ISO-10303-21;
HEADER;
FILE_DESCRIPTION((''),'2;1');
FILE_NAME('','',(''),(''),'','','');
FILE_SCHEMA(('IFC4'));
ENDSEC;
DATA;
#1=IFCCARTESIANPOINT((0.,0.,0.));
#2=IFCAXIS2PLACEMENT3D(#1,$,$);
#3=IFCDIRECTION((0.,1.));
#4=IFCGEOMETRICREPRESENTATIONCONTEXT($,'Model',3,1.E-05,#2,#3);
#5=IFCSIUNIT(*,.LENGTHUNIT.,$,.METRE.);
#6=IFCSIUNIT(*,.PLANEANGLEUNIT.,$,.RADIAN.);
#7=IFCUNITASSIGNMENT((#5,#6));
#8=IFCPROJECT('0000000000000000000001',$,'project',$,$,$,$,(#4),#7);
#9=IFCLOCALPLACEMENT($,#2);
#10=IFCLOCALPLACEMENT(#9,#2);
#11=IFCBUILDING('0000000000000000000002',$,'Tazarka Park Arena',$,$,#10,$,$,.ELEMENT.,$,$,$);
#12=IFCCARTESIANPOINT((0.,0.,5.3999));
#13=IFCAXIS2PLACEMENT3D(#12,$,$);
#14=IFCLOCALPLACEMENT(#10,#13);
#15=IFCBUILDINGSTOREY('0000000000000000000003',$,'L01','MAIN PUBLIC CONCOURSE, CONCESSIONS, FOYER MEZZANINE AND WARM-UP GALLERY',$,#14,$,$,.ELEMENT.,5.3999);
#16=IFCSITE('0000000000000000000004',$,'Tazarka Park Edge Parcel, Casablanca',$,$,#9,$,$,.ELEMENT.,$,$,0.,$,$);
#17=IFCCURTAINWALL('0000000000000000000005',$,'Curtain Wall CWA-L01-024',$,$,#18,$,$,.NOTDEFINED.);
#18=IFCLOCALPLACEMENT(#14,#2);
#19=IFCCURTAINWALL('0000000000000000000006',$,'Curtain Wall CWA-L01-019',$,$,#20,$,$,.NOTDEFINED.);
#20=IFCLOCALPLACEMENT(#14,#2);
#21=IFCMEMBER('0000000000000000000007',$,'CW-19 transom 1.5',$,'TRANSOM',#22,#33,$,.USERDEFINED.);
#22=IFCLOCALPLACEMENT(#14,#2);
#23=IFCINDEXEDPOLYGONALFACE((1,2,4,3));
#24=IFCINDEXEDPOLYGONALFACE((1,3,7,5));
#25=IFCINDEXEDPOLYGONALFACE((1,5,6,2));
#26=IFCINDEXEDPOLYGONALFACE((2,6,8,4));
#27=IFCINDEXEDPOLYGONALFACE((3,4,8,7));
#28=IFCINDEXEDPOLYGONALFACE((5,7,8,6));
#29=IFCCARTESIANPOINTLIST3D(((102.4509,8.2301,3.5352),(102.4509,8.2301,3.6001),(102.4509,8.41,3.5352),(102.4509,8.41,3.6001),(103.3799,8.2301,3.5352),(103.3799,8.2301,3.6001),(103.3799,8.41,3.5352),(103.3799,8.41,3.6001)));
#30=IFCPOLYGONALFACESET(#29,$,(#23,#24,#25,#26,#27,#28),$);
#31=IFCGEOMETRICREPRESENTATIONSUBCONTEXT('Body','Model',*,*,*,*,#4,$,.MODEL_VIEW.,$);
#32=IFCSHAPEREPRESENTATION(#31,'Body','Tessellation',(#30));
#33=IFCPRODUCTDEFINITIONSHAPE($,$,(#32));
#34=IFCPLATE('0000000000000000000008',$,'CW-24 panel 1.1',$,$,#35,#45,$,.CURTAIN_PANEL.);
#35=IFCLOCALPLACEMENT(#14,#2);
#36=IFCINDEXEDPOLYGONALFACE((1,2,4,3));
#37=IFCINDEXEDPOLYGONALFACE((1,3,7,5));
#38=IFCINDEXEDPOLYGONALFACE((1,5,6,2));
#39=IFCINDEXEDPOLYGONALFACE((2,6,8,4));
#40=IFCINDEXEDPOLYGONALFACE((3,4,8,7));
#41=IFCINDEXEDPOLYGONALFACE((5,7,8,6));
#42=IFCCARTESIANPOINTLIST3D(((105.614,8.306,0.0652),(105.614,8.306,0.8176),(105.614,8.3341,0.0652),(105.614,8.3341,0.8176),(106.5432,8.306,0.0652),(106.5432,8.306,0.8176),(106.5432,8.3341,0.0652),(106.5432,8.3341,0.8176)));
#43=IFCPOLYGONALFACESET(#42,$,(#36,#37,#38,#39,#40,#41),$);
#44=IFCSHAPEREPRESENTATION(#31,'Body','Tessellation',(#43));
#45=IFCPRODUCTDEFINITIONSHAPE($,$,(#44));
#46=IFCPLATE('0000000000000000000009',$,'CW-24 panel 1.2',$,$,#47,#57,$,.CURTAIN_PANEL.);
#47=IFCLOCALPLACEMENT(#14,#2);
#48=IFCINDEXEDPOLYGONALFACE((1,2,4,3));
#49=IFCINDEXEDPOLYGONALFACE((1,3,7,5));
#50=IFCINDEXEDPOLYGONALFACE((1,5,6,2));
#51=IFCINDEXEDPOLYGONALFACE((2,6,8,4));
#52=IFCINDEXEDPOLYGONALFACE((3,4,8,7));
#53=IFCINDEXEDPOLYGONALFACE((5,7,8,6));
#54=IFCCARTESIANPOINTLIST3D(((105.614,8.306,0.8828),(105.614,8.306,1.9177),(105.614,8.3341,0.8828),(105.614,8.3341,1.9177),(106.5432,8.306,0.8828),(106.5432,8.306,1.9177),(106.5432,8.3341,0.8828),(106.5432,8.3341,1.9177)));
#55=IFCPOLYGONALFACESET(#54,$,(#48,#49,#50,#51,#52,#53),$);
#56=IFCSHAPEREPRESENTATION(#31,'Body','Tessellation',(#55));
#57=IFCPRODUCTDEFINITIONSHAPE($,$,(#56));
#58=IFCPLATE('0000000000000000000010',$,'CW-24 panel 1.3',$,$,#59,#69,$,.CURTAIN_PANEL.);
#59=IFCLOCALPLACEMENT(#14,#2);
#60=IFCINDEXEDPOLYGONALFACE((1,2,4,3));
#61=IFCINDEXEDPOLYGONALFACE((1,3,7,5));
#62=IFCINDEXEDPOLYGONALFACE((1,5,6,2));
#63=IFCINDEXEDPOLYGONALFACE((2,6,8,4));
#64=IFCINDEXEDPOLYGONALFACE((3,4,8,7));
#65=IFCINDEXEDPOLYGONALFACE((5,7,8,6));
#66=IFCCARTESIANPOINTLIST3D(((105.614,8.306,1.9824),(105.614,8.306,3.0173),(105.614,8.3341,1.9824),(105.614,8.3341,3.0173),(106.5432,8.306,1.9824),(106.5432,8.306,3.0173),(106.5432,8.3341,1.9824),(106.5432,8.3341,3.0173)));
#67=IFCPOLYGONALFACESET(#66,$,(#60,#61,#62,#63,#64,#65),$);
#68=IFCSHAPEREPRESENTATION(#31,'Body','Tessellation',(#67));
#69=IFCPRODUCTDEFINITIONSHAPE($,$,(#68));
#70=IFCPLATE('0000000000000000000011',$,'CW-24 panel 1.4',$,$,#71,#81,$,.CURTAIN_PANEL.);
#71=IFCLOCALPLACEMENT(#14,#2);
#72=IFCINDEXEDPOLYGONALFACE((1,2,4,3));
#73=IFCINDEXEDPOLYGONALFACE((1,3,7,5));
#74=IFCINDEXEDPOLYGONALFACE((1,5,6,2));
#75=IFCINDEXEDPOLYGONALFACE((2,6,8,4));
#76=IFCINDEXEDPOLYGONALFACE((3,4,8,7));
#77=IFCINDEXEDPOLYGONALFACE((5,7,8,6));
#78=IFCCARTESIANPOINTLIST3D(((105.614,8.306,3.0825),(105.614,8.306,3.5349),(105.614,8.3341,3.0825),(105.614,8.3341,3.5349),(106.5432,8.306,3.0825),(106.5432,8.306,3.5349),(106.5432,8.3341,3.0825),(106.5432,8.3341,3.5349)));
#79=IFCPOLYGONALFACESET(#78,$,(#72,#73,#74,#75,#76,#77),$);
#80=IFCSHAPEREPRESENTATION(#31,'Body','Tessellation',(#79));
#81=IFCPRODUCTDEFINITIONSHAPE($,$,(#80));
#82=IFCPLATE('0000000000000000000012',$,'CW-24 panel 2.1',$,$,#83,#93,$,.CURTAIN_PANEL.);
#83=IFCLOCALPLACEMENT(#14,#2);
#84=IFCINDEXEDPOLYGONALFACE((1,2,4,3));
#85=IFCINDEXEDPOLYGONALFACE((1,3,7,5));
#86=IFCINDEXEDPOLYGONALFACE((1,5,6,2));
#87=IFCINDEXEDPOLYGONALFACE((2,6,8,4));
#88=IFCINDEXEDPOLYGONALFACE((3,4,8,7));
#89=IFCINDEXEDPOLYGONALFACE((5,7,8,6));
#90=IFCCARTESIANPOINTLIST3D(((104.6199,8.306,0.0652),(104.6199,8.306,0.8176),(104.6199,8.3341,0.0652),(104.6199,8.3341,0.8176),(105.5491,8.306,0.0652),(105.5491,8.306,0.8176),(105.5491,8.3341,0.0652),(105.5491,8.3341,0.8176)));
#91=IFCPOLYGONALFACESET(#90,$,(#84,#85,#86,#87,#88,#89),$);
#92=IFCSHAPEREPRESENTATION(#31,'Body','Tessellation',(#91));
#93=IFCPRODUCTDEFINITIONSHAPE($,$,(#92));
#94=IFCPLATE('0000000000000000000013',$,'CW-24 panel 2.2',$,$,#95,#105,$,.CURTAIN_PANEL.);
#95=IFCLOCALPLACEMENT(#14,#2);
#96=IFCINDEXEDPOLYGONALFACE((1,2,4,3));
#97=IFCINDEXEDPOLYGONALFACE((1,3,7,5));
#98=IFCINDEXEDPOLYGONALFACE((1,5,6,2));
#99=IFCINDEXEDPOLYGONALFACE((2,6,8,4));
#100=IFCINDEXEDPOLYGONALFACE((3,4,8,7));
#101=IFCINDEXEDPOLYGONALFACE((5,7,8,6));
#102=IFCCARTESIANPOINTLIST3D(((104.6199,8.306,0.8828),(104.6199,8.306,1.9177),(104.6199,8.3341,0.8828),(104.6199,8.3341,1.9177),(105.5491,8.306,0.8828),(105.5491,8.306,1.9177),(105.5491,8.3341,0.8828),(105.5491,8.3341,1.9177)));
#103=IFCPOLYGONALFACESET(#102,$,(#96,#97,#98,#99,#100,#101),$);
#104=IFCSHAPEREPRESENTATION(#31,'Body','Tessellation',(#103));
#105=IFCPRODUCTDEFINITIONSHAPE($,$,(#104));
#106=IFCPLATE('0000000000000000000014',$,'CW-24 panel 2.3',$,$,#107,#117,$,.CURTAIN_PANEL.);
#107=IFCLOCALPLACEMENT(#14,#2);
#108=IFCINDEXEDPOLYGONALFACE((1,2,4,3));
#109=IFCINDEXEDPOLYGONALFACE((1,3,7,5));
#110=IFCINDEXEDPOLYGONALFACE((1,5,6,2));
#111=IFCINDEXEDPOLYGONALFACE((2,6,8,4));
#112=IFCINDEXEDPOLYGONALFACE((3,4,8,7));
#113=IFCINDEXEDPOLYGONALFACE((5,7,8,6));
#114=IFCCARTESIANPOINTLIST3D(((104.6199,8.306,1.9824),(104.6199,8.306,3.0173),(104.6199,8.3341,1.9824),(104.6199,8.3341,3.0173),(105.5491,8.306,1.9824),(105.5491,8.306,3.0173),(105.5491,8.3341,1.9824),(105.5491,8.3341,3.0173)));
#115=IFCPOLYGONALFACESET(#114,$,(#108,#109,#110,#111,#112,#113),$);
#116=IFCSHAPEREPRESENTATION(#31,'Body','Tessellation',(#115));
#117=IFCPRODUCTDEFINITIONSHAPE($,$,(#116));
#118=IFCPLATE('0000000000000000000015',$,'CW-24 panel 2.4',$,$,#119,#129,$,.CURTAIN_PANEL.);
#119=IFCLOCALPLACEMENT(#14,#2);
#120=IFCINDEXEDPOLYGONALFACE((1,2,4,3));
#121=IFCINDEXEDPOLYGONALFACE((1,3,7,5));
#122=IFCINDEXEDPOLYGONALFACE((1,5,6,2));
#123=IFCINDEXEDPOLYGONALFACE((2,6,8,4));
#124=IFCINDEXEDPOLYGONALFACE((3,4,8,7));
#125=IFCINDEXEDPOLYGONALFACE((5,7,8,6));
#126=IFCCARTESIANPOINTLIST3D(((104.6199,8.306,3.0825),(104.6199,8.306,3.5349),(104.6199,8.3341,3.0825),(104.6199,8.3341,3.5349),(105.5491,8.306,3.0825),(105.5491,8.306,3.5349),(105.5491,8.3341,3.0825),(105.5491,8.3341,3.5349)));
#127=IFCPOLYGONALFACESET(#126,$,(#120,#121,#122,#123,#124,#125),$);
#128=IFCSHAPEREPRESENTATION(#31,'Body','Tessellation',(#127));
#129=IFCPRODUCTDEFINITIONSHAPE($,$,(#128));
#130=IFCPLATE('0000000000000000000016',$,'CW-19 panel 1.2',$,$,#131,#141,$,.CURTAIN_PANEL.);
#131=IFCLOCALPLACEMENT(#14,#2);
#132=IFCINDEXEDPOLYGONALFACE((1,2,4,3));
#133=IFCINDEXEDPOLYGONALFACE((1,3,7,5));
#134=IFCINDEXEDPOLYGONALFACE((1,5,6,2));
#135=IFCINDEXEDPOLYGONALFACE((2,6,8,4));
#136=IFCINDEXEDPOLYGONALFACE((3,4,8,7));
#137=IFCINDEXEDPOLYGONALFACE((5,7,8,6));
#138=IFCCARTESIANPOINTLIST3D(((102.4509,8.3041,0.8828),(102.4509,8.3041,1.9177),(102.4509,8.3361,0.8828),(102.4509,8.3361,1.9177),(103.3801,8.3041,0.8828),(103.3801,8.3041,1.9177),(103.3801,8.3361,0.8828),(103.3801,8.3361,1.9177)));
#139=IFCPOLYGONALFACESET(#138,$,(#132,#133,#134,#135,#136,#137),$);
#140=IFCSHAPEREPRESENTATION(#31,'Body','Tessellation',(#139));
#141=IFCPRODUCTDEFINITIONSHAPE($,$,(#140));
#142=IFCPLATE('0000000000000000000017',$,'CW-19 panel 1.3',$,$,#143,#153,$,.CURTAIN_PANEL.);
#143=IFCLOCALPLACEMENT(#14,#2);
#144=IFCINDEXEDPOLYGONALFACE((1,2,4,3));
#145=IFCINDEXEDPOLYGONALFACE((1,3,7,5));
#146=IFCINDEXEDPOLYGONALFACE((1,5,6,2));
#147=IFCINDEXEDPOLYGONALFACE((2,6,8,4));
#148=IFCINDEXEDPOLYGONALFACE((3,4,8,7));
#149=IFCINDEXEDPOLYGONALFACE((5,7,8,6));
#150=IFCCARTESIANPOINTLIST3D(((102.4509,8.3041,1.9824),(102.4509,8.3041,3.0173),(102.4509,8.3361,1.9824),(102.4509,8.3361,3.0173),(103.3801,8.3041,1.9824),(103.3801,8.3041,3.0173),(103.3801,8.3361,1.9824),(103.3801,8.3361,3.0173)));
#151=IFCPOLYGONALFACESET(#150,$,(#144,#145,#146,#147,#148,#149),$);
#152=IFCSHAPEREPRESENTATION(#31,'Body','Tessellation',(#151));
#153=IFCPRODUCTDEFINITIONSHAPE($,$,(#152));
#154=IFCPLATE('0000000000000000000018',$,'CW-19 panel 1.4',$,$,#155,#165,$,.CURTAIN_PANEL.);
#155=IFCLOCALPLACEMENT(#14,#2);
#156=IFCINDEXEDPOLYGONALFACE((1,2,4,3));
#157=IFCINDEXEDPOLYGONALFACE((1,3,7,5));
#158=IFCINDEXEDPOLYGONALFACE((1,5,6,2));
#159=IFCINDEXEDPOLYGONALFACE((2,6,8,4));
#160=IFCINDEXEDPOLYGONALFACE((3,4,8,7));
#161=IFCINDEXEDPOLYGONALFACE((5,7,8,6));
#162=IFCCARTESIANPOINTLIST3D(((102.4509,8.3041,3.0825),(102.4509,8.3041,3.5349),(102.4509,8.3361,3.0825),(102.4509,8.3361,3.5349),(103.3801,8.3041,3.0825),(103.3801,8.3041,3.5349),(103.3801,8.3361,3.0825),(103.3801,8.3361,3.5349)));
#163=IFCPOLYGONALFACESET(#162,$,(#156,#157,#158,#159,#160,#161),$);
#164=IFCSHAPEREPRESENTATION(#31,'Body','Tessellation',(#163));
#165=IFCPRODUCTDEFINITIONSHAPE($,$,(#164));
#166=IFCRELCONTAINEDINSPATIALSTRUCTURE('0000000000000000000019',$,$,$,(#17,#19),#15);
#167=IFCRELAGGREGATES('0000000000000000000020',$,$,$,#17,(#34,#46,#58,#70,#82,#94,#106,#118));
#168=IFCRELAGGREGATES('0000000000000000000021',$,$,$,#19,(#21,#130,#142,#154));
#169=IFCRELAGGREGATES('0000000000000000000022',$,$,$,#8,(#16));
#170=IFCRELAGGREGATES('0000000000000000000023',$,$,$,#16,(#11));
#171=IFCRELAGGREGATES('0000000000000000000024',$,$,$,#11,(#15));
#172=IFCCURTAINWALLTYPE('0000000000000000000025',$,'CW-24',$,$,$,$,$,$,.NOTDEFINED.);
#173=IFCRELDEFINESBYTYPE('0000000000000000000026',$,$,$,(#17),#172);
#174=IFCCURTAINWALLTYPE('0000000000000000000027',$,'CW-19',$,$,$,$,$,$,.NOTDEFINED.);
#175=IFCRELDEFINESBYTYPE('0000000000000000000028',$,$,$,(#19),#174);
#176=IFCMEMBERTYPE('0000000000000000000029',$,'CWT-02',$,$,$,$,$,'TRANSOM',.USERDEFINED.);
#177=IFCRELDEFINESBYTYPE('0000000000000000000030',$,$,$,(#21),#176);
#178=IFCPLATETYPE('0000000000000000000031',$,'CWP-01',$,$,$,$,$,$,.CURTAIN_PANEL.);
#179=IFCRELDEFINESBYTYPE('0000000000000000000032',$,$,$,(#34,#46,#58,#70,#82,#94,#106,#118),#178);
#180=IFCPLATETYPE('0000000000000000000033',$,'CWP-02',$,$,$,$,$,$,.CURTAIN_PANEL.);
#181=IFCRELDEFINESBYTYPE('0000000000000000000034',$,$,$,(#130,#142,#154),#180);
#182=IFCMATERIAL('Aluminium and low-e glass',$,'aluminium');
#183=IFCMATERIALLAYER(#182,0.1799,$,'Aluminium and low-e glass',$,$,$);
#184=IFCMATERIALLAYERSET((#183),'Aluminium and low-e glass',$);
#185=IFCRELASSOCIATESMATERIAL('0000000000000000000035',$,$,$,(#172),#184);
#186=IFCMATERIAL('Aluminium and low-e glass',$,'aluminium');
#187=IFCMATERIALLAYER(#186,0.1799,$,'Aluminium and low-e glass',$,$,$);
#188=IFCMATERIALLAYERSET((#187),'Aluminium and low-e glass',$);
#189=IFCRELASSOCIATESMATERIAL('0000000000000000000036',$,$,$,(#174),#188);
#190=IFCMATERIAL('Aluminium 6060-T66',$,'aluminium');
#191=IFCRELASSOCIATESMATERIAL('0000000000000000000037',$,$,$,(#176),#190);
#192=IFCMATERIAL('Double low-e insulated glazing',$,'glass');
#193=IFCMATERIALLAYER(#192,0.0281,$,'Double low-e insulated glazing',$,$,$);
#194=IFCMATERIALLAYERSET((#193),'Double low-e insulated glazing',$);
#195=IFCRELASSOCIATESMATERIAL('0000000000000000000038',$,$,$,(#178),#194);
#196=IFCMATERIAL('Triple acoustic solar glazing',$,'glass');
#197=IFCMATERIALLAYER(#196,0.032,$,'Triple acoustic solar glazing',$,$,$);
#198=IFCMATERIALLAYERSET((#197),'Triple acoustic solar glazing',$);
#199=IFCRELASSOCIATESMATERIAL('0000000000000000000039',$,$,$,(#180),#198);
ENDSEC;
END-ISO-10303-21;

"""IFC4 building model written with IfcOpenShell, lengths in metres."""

from ifc_helpers import new_model, si_unit, direction, frame, origin, origin_2d, place, context, subcontext, project, spatial, rectangle, extrude, material, layer, layer_set, material_profile, profile_set, type_object, element, aggregate, save


model = new_model("IFC4")

# Units and contexts
model_context = context("Model", 3, precision=1e-05, world=origin(), true_north=direction((0.0, 1.0)))
body_context = subcontext(model_context, "Body", "Model", "MODEL_VIEW")
ifc_project = project(units=[si_unit("LENGTHUNIT", "METRE"), si_unit("PLANEANGLEUNIT", "RADIAN")], contexts=[model_context])

# Site, building, storey
site_placement = place(None, origin())
site = spatial("IfcSite", under=ifc_project, at=site_placement, Name="Tazarka Park Edge Parcel, Casablanca", CompositionType="ELEMENT", RefElevation=0.0)
building_placement = place(site_placement, origin())
building = spatial("IfcBuilding", under=site, at=building_placement, Name="Tazarka Park Arena", CompositionType="ELEMENT")
storey_placement = place(building_placement, frame((0.0, 0.0, 5.3999)))
storey = spatial("IfcBuildingStorey", under=building, at=storey_placement, Name="L01", Description="MAIN PUBLIC CONCOURSE, CONCESSIONS, FOYER MEZZANINE AND WARM-UP GALLERY", CompositionType="ELEMENT", Elevation=5.3999)

# Curtain wall
ifc_material_1 = material(Name="Aluminium and low-e glass", Category="aluminium")
ifc_layer_1 = layer(ifc_material_1, 0.1799, Name="Aluminium and low-e glass")
ifc_layer_set_1 = layer_set([ifc_layer_1], Name="Aluminium and low-e glass")
curtain_wall_type_1 = type_object("IfcCurtainWallType", Name="CW-24", PredefinedType="NOTDEFINED", material=ifc_layer_set_1)
curtain_wall_1_placement = place(storey_placement, origin())
curtain_wall_1 = element("IfcCurtainWall", 1, at=curtain_wall_1_placement, inside=storey, type_object=curtain_wall_type_1, Name="Curtain Wall CWA-L01-024", PredefinedType="NOTDEFINED")

# Curtain wall
ifc_material_2 = material(Name="Aluminium and low-e glass", Category="aluminium")
ifc_layer_2 = layer(ifc_material_2, 0.1799, Name="Aluminium and low-e glass")
ifc_layer_set_2 = layer_set([ifc_layer_2], Name="Aluminium and low-e glass")
curtain_wall_type_2 = type_object("IfcCurtainWallType", Name="CW-19", PredefinedType="NOTDEFINED", material=ifc_layer_set_2)
curtain_wall_2_placement = place(storey_placement, origin())
curtain_wall_2 = element("IfcCurtainWall", 2, at=curtain_wall_2_placement, inside=storey, type_object=curtain_wall_type_2, Name="Curtain Wall CWA-L01-019", PredefinedType="NOTDEFINED")

# Member
ifc_material_3 = material(Name="Aluminium 6060-T66", Category="aluminium")
ifc_material_profile_1 = material_profile(ifc_material_3, rectangle(XDim=0.1799, YDim=0.0649, at=origin_2d()), Name="Aluminium 6060-T66")
ifc_profile_set_1 = profile_set([ifc_material_profile_1], Name="Aluminium 6060-T66")
member_type_1 = type_object("IfcMemberType", Name="CWT-02", ElementType="TRANSOM", PredefinedType="USERDEFINED", material=ifc_profile_set_1)
member_1_placement = place(storey_placement, frame((103.3799, 8.3201, 3.5676), z_axis=(-1.0, 0.0, 0.0), x_axis=(0.0, -1.0, 0.0)))
member_1 = element("IfcMember", 3, at=member_1_placement, type_object=member_type_1, Name="CW-19 transom 1.5", ObjectType="TRANSOM", PredefinedType="USERDEFINED", context=body_context, shape_type="SweptSolid", body=[
    extrude(rectangle(XDim=0.1799, YDim=0.0649, at=origin_2d()), origin(), (0.0, 0.0, 1.0), 0.929),
])

# Plates
ifc_material_4 = material(Name="Double low-e insulated glazing", Category="glass")
ifc_layer_3 = layer(ifc_material_4, 0.0281, Name="Double low-e insulated glazing")
ifc_layer_set_3 = layer_set([ifc_layer_3], Name="Double low-e insulated glazing")
plate_type_1 = type_object("IfcPlateType", Name="CWP-01", PredefinedType="CURTAIN_PANEL", material=ifc_layer_set_3)
plate_1_placement = place(storey_placement, frame((106.0786, 8.3201, 0.0652), z_axis=(0.0, 0.0, 1.0), x_axis=(-1.0, 0.0, 0.0)))
plate_1 = element("IfcPlate", 4, at=plate_1_placement, type_object=plate_type_1, Name="CW-24 panel 1.1", PredefinedType="CURTAIN_PANEL", context=body_context, shape_type="SweptSolid", body=[
    extrude(rectangle(XDim=0.9292, YDim=0.0281, at=origin_2d()), origin(), (0.0, 0.0, 1.0), 0.7524),
])
plate_2_placement = place(storey_placement, frame((106.0786, 8.3201, 0.8828), z_axis=(0.0, 0.0, 1.0), x_axis=(-1.0, 0.0, 0.0)))
plate_2 = element("IfcPlate", 5, at=plate_2_placement, type_object=plate_type_1, Name="CW-24 panel 1.2", PredefinedType="CURTAIN_PANEL", context=body_context, shape_type="SweptSolid", body=[
    extrude(rectangle(XDim=0.9292, YDim=0.0281, at=origin_2d()), origin(), (0.0, 0.0, 1.0), 1.0349),
])
plate_3_placement = place(storey_placement, frame((106.0786, 8.3201, 1.9824), z_axis=(0.0, 0.0, 1.0), x_axis=(-1.0, 0.0, 0.0)))
plate_3 = element("IfcPlate", 6, at=plate_3_placement, type_object=plate_type_1, Name="CW-24 panel 1.3", PredefinedType="CURTAIN_PANEL", context=body_context, shape_type="SweptSolid", body=[
    extrude(rectangle(XDim=0.9292, YDim=0.0281, at=origin_2d()), origin(), (0.0, 0.0, 1.0), 1.0349),
])
plate_4_placement = place(storey_placement, frame((106.0786, 8.3201, 3.0825), z_axis=(0.0, 0.0, 1.0), x_axis=(-1.0, 0.0, 0.0)))
plate_4 = element("IfcPlate", 7, at=plate_4_placement, type_object=plate_type_1, Name="CW-24 panel 1.4", PredefinedType="CURTAIN_PANEL", context=body_context, shape_type="SweptSolid", body=[
    extrude(rectangle(XDim=0.9292, YDim=0.0281, at=origin_2d()), origin(), (0.0, 0.0, 1.0), 0.4524),
])
plate_5_placement = place(storey_placement, frame((105.0845, 8.3201, 0.0652), z_axis=(0.0, 0.0, 1.0), x_axis=(-1.0, 0.0, 0.0)))
plate_5 = element("IfcPlate", 8, at=plate_5_placement, type_object=plate_type_1, Name="CW-24 panel 2.1", PredefinedType="CURTAIN_PANEL", context=body_context, shape_type="SweptSolid", body=[
    extrude(rectangle(XDim=0.9292, YDim=0.0281, at=origin_2d()), origin(), (0.0, 0.0, 1.0), 0.7524),
])
plate_6_placement = place(storey_placement, frame((105.0845, 8.3201, 0.8828), z_axis=(0.0, 0.0, 1.0), x_axis=(-1.0, 0.0, 0.0)))
plate_6 = element("IfcPlate", 9, at=plate_6_placement, type_object=plate_type_1, Name="CW-24 panel 2.2", PredefinedType="CURTAIN_PANEL", context=body_context, shape_type="SweptSolid", body=[
    extrude(rectangle(XDim=0.9292, YDim=0.0281, at=origin_2d()), origin(), (0.0, 0.0, 1.0), 1.0349),
])
plate_7_placement = place(storey_placement, frame((105.0845, 8.3201, 1.9824), z_axis=(0.0, 0.0, 1.0), x_axis=(-1.0, 0.0, 0.0)))
plate_7 = element("IfcPlate", 10, at=plate_7_placement, type_object=plate_type_1, Name="CW-24 panel 2.3", PredefinedType="CURTAIN_PANEL", context=body_context, shape_type="SweptSolid", body=[
    extrude(rectangle(XDim=0.9292, YDim=0.0281, at=origin_2d()), origin(), (0.0, 0.0, 1.0), 1.0349),
])
plate_8_placement = place(storey_placement, frame((105.0845, 8.3201, 3.0825), z_axis=(0.0, 0.0, 1.0), x_axis=(-1.0, 0.0, 0.0)))
plate_8 = element("IfcPlate", 11, at=plate_8_placement, type_object=plate_type_1, Name="CW-24 panel 2.4", PredefinedType="CURTAIN_PANEL", context=body_context, shape_type="SweptSolid", body=[
    extrude(rectangle(XDim=0.9292, YDim=0.0281, at=origin_2d()), origin(), (0.0, 0.0, 1.0), 0.4524),
])
aggregate(curtain_wall_1, [plate_1, plate_2, plate_3, plate_4, plate_5, plate_6, plate_7, plate_8])
ifc_material_5 = material(Name="Triple acoustic solar glazing", Category="glass")
ifc_layer_4 = layer(ifc_material_5, 0.032, Name="Triple acoustic solar glazing")
ifc_layer_set_4 = layer_set([ifc_layer_4], Name="Triple acoustic solar glazing")
plate_type_2 = type_object("IfcPlateType", Name="CWP-02", PredefinedType="CURTAIN_PANEL", material=ifc_layer_set_4)
plate_9_placement = place(storey_placement, frame((102.9155, 8.3201, 0.8828), z_axis=(0.0, 0.0, 1.0), x_axis=(-1.0, 0.0, 0.0)))
plate_9 = element("IfcPlate", 12, at=plate_9_placement, type_object=plate_type_2, Name="CW-19 panel 1.2", PredefinedType="CURTAIN_PANEL", context=body_context, shape_type="SweptSolid", body=[
    extrude(rectangle(XDim=0.9292, YDim=0.032, at=origin_2d()), origin(), (0.0, 0.0, 1.0), 1.0349),
])
plate_10_placement = place(storey_placement, frame((102.9155, 8.3201, 1.9824), z_axis=(0.0, 0.0, 1.0), x_axis=(-1.0, 0.0, 0.0)))
plate_10 = element("IfcPlate", 13, at=plate_10_placement, type_object=plate_type_2, Name="CW-19 panel 1.3", PredefinedType="CURTAIN_PANEL", context=body_context, shape_type="SweptSolid", body=[
    extrude(rectangle(XDim=0.9292, YDim=0.032, at=origin_2d()), origin(), (0.0, 0.0, 1.0), 1.0349),
])
plate_11_placement = place(storey_placement, frame((102.9155, 8.3201, 3.0825), z_axis=(0.0, 0.0, 1.0), x_axis=(-1.0, 0.0, 0.0)))
plate_11 = element("IfcPlate", 14, at=plate_11_placement, type_object=plate_type_2, Name="CW-19 panel 1.4", PredefinedType="CURTAIN_PANEL", context=body_context, shape_type="SweptSolid", body=[
    extrude(rectangle(XDim=0.9292, YDim=0.032, at=origin_2d()), origin(), (0.0, 0.0, 1.0), 0.4524),
])
aggregate(curtain_wall_2, [member_1, plate_9, plate_10, plate_11])

save(model, "model.ifc")
